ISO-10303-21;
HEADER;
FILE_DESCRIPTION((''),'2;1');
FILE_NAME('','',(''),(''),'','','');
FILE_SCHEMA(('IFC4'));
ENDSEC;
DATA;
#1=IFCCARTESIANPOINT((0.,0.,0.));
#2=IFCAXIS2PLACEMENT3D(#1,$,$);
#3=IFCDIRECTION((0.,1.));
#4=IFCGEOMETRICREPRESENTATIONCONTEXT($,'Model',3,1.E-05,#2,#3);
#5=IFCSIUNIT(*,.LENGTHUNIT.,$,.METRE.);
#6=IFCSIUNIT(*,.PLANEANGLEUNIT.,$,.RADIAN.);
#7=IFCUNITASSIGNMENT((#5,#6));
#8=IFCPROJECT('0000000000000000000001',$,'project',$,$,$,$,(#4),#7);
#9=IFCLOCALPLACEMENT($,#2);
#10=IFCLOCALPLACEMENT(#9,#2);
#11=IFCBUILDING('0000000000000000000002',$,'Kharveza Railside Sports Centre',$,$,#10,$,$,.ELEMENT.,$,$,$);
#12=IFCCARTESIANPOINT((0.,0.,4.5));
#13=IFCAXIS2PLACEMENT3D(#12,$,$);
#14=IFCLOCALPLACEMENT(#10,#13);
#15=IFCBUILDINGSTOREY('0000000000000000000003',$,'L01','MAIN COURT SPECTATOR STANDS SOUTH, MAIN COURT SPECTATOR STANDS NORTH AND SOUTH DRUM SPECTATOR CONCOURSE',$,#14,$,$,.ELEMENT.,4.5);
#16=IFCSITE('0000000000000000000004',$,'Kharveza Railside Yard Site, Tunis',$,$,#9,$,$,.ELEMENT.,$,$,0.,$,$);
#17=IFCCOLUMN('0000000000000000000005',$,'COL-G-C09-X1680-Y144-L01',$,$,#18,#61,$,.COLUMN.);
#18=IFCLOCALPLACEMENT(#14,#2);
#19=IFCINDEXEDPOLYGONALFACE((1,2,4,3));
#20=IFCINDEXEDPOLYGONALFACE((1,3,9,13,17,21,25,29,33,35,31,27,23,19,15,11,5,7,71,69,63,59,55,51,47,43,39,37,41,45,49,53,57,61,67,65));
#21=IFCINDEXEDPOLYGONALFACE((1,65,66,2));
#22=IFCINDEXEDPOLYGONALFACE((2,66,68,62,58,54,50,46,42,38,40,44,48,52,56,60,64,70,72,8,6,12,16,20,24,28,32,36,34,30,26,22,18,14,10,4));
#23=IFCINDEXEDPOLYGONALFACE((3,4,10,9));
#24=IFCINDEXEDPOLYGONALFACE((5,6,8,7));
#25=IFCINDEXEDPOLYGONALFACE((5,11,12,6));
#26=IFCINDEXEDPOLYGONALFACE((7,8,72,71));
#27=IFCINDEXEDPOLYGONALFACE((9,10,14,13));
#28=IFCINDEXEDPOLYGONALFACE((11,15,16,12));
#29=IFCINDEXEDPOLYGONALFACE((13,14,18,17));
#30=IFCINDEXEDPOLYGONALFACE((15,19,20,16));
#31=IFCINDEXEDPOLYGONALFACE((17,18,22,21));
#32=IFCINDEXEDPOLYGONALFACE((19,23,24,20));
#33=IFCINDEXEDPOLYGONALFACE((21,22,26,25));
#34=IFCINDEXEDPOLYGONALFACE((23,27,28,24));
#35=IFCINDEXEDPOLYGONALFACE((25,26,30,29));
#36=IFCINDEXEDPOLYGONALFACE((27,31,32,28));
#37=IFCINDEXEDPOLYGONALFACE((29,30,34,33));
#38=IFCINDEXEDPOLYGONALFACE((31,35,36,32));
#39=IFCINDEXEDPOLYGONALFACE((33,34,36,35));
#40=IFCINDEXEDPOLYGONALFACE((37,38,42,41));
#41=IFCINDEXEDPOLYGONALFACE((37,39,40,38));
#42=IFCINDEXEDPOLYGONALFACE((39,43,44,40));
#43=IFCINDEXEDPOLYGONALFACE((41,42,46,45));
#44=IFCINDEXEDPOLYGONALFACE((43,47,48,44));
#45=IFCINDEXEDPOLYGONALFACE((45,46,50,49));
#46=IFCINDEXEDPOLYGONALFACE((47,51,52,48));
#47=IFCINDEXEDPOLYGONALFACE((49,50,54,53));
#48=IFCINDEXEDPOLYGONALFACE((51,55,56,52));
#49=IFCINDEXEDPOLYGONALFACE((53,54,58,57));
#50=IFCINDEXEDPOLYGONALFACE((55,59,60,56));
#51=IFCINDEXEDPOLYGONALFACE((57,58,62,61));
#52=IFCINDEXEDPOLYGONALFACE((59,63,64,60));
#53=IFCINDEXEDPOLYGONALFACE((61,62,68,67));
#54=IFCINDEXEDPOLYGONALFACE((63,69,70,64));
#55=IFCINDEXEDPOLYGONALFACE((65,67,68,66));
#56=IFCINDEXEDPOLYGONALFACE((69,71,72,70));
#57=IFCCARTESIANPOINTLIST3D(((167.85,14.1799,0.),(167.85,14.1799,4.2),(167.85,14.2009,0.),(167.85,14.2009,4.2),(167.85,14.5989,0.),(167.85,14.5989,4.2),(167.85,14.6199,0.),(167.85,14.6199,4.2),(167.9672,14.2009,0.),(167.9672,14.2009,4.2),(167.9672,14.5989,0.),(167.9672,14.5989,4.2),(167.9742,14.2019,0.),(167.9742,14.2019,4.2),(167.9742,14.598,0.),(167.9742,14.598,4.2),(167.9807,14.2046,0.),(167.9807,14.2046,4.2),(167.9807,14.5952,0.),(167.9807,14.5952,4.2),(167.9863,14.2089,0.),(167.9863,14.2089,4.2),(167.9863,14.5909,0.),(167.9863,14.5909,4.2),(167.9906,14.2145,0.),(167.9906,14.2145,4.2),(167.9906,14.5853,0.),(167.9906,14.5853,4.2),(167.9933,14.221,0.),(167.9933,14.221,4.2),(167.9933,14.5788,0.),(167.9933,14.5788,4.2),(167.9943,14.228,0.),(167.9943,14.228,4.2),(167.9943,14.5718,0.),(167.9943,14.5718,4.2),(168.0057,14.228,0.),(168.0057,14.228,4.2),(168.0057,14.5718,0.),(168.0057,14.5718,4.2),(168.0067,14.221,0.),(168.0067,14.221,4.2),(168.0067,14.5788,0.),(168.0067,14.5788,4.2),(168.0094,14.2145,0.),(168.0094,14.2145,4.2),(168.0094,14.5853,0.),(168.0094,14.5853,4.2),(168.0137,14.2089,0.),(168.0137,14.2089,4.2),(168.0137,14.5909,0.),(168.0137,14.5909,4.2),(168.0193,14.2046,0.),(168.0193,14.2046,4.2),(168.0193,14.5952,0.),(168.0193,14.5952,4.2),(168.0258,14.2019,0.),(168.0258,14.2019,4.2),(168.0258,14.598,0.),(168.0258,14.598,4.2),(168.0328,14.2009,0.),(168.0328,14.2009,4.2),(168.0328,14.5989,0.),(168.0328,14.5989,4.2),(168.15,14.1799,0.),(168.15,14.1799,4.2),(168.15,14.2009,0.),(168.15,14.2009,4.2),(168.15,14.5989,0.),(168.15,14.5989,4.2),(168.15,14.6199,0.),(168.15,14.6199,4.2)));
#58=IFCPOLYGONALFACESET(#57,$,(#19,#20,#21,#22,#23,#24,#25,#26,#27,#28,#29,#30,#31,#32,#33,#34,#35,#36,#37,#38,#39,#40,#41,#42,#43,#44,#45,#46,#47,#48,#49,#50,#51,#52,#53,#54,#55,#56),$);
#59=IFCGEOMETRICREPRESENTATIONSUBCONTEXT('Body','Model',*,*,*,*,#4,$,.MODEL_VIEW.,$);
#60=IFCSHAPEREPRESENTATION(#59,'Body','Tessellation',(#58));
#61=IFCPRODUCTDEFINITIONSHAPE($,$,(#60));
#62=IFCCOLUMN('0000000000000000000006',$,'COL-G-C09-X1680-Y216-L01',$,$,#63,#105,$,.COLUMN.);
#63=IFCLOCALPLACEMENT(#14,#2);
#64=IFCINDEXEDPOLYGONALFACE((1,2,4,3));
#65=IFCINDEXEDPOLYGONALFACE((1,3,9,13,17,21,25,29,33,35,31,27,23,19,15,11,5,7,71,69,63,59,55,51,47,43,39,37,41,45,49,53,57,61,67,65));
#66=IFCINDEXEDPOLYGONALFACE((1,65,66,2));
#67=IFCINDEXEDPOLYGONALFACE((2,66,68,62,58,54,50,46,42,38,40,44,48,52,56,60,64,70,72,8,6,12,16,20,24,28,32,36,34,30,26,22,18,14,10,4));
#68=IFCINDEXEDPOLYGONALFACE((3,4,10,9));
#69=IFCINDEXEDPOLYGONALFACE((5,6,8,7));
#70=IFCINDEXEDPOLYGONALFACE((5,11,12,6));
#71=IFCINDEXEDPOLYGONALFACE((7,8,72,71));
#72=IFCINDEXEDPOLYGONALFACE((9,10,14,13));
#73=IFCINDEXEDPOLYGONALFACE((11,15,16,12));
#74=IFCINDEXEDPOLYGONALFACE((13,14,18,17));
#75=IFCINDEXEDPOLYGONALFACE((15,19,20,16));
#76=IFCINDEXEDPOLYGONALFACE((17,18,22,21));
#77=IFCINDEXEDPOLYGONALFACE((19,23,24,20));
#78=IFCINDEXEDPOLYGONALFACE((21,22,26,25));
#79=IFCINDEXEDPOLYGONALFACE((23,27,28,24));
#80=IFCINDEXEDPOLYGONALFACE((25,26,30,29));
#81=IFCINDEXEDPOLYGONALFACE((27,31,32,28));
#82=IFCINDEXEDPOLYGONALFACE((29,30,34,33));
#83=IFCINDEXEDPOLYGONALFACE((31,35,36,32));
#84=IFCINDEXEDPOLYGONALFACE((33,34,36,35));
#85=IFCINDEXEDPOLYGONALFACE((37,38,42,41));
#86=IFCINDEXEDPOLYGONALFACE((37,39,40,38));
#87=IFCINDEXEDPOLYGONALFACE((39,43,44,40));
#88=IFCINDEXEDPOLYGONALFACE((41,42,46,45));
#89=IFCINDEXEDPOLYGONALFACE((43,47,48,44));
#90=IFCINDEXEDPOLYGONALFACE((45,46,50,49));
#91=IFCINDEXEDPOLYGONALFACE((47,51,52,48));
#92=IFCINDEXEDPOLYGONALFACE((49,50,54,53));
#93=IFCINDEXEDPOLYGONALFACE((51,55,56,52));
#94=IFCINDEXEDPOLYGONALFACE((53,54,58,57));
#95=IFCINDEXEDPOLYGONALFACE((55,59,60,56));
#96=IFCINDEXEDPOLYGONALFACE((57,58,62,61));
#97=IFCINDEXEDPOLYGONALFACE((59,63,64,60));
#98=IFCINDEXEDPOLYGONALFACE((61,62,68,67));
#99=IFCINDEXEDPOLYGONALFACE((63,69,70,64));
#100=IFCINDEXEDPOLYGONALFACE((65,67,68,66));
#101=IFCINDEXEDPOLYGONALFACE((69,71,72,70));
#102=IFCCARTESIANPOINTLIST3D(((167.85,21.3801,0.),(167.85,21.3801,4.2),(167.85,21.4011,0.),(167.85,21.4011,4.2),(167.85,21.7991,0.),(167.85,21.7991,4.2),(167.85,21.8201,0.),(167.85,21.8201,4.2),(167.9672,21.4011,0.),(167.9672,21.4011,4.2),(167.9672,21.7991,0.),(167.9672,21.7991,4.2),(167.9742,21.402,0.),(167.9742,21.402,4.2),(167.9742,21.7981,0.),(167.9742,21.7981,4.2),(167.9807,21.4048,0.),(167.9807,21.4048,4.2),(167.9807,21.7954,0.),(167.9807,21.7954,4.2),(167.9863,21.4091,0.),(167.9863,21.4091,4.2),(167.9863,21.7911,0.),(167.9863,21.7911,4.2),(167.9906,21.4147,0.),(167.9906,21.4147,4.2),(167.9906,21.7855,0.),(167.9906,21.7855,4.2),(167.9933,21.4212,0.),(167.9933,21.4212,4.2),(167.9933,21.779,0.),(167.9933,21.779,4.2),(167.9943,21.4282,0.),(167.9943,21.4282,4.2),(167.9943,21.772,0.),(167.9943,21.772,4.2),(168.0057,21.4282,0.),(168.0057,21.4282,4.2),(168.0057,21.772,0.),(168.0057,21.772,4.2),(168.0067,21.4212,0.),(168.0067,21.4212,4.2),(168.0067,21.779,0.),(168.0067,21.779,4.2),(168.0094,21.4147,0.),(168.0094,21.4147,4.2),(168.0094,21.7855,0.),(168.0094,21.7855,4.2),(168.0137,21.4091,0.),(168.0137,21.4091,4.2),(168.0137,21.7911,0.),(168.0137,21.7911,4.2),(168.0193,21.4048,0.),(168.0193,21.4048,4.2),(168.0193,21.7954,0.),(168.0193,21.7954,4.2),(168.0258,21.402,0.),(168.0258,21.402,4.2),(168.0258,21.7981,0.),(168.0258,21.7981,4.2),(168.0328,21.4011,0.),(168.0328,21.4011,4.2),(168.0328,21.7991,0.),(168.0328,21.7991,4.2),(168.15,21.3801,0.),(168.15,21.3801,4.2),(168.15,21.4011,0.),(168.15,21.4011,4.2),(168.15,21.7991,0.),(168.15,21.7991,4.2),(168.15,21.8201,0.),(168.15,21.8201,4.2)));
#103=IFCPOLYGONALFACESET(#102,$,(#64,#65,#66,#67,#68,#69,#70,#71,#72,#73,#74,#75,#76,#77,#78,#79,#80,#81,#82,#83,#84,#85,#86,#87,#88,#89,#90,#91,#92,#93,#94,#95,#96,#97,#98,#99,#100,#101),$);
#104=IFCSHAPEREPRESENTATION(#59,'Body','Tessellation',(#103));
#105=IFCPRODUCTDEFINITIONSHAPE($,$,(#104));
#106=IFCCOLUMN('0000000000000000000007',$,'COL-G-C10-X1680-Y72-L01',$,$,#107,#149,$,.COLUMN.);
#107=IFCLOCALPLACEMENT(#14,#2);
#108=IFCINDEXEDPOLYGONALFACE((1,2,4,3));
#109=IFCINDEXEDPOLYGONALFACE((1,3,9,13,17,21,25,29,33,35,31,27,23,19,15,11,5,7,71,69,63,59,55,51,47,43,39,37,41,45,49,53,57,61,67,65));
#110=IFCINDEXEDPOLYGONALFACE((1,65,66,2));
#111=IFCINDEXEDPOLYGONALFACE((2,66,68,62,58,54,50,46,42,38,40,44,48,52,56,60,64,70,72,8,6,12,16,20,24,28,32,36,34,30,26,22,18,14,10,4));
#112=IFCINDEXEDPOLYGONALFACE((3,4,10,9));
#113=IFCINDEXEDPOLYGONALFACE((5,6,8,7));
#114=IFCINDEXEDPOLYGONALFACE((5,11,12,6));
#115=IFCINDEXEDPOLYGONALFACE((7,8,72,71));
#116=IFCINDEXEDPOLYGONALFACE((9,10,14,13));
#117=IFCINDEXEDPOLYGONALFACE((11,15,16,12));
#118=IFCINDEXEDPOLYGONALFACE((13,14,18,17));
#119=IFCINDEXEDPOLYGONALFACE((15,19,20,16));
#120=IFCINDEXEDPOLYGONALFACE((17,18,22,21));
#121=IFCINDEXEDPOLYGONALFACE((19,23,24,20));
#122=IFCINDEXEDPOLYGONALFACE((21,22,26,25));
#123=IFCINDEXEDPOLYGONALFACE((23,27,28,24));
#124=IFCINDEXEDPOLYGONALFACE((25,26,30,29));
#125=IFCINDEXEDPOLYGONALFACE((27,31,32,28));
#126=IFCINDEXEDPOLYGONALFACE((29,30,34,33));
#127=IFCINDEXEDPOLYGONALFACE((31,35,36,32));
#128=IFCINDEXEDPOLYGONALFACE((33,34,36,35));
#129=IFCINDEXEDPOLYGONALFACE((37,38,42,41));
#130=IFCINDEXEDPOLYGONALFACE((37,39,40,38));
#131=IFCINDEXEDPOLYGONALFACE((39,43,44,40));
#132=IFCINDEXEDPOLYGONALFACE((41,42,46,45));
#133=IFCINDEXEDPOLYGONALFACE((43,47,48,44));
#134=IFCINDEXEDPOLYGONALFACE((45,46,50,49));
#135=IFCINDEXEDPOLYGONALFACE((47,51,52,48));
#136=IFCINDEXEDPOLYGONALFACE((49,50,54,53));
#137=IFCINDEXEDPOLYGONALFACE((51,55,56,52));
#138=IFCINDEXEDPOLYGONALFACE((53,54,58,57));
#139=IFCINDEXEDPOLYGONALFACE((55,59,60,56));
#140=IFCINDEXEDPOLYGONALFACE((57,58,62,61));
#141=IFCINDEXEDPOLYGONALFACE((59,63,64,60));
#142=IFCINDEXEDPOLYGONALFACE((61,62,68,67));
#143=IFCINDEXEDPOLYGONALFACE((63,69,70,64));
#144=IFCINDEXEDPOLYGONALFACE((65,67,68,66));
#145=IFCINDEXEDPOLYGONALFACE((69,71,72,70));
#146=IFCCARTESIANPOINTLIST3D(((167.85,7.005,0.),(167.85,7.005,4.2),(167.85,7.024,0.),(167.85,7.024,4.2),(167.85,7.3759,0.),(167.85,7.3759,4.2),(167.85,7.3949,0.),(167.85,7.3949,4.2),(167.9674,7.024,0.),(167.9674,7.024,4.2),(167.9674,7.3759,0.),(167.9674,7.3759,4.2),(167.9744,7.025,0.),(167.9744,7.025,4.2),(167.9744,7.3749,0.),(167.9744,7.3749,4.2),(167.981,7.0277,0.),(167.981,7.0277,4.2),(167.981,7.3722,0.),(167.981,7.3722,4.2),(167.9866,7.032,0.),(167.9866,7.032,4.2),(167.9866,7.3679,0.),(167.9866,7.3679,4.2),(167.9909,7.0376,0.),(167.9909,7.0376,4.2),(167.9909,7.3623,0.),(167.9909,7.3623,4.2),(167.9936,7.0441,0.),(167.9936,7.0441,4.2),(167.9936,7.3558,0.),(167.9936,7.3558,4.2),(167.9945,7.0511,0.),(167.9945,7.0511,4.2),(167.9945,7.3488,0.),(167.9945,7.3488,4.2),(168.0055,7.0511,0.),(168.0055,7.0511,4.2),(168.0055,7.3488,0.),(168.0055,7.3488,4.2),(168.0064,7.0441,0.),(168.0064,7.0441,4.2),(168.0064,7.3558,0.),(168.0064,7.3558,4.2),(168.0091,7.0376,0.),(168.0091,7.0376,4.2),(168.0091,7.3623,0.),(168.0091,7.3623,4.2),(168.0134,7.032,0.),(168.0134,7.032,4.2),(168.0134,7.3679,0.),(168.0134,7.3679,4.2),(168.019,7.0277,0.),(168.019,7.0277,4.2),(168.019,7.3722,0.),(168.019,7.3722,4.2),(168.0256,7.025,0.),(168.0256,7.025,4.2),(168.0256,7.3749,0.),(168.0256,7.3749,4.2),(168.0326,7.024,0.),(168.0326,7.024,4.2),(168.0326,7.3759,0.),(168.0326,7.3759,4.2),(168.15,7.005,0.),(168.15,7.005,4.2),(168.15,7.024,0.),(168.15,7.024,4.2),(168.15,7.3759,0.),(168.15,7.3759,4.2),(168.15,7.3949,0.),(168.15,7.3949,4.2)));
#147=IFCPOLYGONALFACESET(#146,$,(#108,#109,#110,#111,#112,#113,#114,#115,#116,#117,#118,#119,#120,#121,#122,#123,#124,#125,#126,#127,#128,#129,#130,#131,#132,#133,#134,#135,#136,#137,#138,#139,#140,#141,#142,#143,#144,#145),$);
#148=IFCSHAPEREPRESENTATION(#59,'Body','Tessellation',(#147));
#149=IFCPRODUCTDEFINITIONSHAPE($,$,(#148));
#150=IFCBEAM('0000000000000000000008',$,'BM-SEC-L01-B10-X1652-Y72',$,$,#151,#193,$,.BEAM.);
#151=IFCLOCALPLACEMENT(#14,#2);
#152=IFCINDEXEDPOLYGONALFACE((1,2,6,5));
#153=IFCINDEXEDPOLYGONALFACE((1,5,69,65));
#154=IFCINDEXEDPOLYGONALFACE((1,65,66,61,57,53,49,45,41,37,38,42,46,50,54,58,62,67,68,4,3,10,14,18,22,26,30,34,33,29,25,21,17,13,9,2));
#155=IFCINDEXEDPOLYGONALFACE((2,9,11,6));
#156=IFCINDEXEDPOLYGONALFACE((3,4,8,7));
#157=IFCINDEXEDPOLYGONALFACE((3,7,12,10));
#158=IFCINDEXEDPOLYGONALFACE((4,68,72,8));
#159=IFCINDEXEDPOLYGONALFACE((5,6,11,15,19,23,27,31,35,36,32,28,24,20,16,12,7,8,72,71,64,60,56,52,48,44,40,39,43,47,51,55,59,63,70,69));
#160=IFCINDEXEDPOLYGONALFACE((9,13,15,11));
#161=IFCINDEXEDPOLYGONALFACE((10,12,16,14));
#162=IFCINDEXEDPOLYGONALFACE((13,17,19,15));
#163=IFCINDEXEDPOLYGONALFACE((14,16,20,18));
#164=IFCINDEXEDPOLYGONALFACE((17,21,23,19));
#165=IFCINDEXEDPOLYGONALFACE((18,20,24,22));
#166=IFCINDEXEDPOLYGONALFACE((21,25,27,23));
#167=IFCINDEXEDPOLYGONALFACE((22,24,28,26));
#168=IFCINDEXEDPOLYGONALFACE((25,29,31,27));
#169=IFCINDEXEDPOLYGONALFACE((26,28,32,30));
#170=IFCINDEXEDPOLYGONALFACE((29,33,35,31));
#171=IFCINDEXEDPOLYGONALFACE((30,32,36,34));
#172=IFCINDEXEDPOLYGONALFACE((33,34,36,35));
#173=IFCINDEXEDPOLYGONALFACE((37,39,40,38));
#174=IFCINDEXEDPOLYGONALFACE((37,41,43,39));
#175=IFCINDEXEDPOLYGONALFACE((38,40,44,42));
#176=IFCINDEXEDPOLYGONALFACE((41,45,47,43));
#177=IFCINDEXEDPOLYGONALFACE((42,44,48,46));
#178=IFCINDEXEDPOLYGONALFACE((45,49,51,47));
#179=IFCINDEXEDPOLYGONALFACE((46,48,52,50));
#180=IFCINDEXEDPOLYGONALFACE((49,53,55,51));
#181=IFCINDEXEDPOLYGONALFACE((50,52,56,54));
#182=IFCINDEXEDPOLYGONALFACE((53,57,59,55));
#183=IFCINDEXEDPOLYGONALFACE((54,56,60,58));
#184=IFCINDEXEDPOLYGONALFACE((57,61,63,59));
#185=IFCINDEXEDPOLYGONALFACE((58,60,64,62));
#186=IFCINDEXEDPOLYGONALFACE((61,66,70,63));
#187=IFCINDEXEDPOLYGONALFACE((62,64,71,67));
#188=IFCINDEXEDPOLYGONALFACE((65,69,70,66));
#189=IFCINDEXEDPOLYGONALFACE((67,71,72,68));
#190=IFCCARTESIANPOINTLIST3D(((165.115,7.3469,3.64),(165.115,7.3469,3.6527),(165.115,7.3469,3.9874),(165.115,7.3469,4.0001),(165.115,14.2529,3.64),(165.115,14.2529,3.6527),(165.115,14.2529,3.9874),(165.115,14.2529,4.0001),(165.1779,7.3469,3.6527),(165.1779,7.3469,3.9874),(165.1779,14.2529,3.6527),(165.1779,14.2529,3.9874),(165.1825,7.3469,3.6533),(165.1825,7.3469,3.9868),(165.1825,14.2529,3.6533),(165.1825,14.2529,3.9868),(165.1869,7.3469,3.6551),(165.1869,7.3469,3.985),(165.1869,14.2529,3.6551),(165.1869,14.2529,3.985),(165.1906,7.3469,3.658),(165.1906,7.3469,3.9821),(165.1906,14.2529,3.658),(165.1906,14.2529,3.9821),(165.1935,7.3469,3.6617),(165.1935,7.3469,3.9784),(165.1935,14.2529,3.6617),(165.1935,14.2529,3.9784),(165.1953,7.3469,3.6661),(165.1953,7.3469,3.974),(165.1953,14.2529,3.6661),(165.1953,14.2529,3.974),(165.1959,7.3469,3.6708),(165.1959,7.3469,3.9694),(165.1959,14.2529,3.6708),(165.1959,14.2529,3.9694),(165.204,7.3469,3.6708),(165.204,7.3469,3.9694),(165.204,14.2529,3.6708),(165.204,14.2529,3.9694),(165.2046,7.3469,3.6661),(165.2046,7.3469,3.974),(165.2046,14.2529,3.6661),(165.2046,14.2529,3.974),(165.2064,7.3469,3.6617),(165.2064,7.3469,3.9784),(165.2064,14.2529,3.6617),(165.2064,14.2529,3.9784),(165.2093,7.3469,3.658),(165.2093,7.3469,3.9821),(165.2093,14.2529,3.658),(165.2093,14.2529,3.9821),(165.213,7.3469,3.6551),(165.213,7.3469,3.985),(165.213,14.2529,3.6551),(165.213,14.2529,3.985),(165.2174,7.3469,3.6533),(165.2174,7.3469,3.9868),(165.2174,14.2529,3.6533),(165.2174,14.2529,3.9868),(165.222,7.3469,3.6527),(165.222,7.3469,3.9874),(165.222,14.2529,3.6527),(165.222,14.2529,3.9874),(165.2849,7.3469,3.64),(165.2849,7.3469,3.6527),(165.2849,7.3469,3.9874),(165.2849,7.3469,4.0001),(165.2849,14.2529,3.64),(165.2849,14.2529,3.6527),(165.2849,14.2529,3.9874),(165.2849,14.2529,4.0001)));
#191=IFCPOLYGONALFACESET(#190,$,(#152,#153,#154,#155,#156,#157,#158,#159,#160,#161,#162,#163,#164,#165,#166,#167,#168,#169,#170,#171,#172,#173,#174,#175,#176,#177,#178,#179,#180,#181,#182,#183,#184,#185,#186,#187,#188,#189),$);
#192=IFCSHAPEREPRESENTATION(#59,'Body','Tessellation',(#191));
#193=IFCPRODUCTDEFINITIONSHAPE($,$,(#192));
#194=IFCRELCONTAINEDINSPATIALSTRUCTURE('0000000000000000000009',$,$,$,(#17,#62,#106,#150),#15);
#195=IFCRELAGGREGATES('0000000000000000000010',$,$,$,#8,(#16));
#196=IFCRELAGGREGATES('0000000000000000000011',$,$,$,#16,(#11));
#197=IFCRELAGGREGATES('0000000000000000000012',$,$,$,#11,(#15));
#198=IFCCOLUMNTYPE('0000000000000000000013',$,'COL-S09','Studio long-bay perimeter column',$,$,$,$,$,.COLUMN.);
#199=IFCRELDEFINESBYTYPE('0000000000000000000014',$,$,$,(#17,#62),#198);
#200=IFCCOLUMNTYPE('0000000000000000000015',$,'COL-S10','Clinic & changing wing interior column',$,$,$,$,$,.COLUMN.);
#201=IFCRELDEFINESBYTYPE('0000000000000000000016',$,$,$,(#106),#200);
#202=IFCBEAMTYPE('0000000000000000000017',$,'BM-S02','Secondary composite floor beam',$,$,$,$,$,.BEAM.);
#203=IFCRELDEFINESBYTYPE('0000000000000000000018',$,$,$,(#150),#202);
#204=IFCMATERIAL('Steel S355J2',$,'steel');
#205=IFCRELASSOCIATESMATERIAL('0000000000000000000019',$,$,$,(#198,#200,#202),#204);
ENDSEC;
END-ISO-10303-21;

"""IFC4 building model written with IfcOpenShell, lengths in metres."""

from ifc_helpers import new_model, si_unit, direction, frame, origin, origin_2d, place, context, subcontext, project, spatial, i_section, extrude, material, material_profile, profile_set, type_object, element, save


model = new_model("IFC4")

# Units and contexts
model_context = context("Model", 3, precision=1e-05, world=origin(), true_north=direction((0.0, 1.0)))
body_context = subcontext(model_context, "Body", "Model", "MODEL_VIEW")
ifc_project = project(units=[si_unit("LENGTHUNIT", "METRE"), si_unit("PLANEANGLEUNIT", "RADIAN")], contexts=[model_context])

# Site, building, storey
site_placement = place(None, origin())
site = spatial("IfcSite", under=ifc_project, at=site_placement, Name="Kharveza Railside Yard Site, Tunis", CompositionType="ELEMENT", RefElevation=0.0)
building_placement = place(site_placement, origin())
building = spatial("IfcBuilding", under=site, at=building_placement, Name="Kharveza Railside Sports Centre", CompositionType="ELEMENT")
storey_placement = place(building_placement, frame((0.0, 0.0, 4.5)))
storey = spatial("IfcBuildingStorey", under=building, at=storey_placement, Name="L01", Description="MAIN COURT SPECTATOR STANDS SOUTH, MAIN COURT SPECTATOR STANDS NORTH AND SOUTH DRUM SPECTATOR CONCOURSE", CompositionType="ELEMENT", Elevation=4.5)

# Columns
ifc_material_1 = material(Name="Steel S355J2", Category="steel")
ifc_material_profile_1 = material_profile(ifc_material_1, i_section(OverallWidth=0.3, OverallDepth=0.4399, WebThickness=0.0115, FlangeThickness=0.021, FilletRadius=0.0271, at=origin_2d()), Name="HEA 450")
ifc_profile_set_1 = profile_set([ifc_material_profile_1], Name="Steel S355J2")
column_type_1 = type_object("IfcColumnType", Name="COL-S09", Description="Studio long-bay perimeter column", PredefinedType="COLUMN", material=ifc_profile_set_1)
for number, where, z_axis, x_axis, name in (
    (1, (168.0, 14.3999, 0.0), (0.0, 0.0, 1.0), (1.0, 0.0, 0.0), "COL-G-C09-X1680-Y144-L01"),
    (2, (168.0, 21.6001, 0.0), (0.0, 0.0, 1.0), (1.0, 0.0, 0.0), "COL-G-C09-X1680-Y216-L01"),
):
    element("IfcColumn", number, at=place(storey_placement, frame(where, z_axis=z_axis, x_axis=x_axis)), inside=storey, type_object=column_type_1, Name=name, PredefinedType="COLUMN", context=body_context, shape_type="SweptSolid", body=[
        extrude(i_section(OverallWidth=0.3, OverallDepth=0.4399, WebThickness=0.0115, FlangeThickness=0.021, FilletRadius=0.0271, at=origin_2d()), origin(), (0.0, 0.0, 1.0), 4.2),
    ])
ifc_material_profile_2 = material_profile(ifc_material_1, i_section(OverallWidth=0.3, OverallDepth=0.3899, WebThickness=0.011, FlangeThickness=0.019, FilletRadius=0.0271, at=origin_2d()), Name="HEA 400")
ifc_profile_set_2 = profile_set([ifc_material_profile_2], Name="Steel S355J2")
column_type_2 = type_object("IfcColumnType", Name="COL-S10", Description="Clinic & changing wing interior column", PredefinedType="COLUMN", material=ifc_profile_set_2)
column_placement = place(storey_placement, frame((168.0, 7.2, 0.0), z_axis=(0.0, 0.0, 1.0), x_axis=(1.0, 0.0, 0.0)))
element("IfcColumn", 3, at=column_placement, inside=storey, type_object=column_type_2, Name="COL-G-C10-X1680-Y72-L01", PredefinedType="COLUMN", context=body_context, shape_type="SweptSolid", body=[
    extrude(i_section(OverallWidth=0.3, OverallDepth=0.3899, WebThickness=0.011, FlangeThickness=0.019, FilletRadius=0.0271, at=origin_2d()), origin(), (0.0, 0.0, 1.0), 4.2),
])

# Beam
ifc_material_profile_3 = material_profile(ifc_material_1, i_section(OverallWidth=0.1699, OverallDepth=0.3601, WebThickness=0.0081, FlangeThickness=0.0127, FilletRadius=0.0181, at=origin_2d()), Name="IPE 360")
ifc_profile_set_3 = profile_set([ifc_material_profile_3], Name="Steel S355J2")
beam_type_1 = type_object("IfcBeamType", Name="BM-S02", Description="Secondary composite floor beam", PredefinedType="BEAM", material=ifc_profile_set_3)
beam_1_placement = place(storey_placement, frame((165.2, 7.3469, 3.8201), z_axis=(0.0, 1.0, 0.0), x_axis=(-1.0, 0.0, 0.0)))
element("IfcBeam", 4, at=beam_1_placement, inside=storey, type_object=beam_type_1, Name="BM-SEC-L01-B10-X1652-Y72", PredefinedType="BEAM", context=body_context, shape_type="SweptSolid", body=[
    extrude(i_section(OverallWidth=0.1699, OverallDepth=0.3601, WebThickness=0.0081, FlangeThickness=0.0127, FilletRadius=0.0181, at=origin_2d()), origin(), (0.0, 0.0, 1.0), 6.906),
])

save(model, "model.ifc")
